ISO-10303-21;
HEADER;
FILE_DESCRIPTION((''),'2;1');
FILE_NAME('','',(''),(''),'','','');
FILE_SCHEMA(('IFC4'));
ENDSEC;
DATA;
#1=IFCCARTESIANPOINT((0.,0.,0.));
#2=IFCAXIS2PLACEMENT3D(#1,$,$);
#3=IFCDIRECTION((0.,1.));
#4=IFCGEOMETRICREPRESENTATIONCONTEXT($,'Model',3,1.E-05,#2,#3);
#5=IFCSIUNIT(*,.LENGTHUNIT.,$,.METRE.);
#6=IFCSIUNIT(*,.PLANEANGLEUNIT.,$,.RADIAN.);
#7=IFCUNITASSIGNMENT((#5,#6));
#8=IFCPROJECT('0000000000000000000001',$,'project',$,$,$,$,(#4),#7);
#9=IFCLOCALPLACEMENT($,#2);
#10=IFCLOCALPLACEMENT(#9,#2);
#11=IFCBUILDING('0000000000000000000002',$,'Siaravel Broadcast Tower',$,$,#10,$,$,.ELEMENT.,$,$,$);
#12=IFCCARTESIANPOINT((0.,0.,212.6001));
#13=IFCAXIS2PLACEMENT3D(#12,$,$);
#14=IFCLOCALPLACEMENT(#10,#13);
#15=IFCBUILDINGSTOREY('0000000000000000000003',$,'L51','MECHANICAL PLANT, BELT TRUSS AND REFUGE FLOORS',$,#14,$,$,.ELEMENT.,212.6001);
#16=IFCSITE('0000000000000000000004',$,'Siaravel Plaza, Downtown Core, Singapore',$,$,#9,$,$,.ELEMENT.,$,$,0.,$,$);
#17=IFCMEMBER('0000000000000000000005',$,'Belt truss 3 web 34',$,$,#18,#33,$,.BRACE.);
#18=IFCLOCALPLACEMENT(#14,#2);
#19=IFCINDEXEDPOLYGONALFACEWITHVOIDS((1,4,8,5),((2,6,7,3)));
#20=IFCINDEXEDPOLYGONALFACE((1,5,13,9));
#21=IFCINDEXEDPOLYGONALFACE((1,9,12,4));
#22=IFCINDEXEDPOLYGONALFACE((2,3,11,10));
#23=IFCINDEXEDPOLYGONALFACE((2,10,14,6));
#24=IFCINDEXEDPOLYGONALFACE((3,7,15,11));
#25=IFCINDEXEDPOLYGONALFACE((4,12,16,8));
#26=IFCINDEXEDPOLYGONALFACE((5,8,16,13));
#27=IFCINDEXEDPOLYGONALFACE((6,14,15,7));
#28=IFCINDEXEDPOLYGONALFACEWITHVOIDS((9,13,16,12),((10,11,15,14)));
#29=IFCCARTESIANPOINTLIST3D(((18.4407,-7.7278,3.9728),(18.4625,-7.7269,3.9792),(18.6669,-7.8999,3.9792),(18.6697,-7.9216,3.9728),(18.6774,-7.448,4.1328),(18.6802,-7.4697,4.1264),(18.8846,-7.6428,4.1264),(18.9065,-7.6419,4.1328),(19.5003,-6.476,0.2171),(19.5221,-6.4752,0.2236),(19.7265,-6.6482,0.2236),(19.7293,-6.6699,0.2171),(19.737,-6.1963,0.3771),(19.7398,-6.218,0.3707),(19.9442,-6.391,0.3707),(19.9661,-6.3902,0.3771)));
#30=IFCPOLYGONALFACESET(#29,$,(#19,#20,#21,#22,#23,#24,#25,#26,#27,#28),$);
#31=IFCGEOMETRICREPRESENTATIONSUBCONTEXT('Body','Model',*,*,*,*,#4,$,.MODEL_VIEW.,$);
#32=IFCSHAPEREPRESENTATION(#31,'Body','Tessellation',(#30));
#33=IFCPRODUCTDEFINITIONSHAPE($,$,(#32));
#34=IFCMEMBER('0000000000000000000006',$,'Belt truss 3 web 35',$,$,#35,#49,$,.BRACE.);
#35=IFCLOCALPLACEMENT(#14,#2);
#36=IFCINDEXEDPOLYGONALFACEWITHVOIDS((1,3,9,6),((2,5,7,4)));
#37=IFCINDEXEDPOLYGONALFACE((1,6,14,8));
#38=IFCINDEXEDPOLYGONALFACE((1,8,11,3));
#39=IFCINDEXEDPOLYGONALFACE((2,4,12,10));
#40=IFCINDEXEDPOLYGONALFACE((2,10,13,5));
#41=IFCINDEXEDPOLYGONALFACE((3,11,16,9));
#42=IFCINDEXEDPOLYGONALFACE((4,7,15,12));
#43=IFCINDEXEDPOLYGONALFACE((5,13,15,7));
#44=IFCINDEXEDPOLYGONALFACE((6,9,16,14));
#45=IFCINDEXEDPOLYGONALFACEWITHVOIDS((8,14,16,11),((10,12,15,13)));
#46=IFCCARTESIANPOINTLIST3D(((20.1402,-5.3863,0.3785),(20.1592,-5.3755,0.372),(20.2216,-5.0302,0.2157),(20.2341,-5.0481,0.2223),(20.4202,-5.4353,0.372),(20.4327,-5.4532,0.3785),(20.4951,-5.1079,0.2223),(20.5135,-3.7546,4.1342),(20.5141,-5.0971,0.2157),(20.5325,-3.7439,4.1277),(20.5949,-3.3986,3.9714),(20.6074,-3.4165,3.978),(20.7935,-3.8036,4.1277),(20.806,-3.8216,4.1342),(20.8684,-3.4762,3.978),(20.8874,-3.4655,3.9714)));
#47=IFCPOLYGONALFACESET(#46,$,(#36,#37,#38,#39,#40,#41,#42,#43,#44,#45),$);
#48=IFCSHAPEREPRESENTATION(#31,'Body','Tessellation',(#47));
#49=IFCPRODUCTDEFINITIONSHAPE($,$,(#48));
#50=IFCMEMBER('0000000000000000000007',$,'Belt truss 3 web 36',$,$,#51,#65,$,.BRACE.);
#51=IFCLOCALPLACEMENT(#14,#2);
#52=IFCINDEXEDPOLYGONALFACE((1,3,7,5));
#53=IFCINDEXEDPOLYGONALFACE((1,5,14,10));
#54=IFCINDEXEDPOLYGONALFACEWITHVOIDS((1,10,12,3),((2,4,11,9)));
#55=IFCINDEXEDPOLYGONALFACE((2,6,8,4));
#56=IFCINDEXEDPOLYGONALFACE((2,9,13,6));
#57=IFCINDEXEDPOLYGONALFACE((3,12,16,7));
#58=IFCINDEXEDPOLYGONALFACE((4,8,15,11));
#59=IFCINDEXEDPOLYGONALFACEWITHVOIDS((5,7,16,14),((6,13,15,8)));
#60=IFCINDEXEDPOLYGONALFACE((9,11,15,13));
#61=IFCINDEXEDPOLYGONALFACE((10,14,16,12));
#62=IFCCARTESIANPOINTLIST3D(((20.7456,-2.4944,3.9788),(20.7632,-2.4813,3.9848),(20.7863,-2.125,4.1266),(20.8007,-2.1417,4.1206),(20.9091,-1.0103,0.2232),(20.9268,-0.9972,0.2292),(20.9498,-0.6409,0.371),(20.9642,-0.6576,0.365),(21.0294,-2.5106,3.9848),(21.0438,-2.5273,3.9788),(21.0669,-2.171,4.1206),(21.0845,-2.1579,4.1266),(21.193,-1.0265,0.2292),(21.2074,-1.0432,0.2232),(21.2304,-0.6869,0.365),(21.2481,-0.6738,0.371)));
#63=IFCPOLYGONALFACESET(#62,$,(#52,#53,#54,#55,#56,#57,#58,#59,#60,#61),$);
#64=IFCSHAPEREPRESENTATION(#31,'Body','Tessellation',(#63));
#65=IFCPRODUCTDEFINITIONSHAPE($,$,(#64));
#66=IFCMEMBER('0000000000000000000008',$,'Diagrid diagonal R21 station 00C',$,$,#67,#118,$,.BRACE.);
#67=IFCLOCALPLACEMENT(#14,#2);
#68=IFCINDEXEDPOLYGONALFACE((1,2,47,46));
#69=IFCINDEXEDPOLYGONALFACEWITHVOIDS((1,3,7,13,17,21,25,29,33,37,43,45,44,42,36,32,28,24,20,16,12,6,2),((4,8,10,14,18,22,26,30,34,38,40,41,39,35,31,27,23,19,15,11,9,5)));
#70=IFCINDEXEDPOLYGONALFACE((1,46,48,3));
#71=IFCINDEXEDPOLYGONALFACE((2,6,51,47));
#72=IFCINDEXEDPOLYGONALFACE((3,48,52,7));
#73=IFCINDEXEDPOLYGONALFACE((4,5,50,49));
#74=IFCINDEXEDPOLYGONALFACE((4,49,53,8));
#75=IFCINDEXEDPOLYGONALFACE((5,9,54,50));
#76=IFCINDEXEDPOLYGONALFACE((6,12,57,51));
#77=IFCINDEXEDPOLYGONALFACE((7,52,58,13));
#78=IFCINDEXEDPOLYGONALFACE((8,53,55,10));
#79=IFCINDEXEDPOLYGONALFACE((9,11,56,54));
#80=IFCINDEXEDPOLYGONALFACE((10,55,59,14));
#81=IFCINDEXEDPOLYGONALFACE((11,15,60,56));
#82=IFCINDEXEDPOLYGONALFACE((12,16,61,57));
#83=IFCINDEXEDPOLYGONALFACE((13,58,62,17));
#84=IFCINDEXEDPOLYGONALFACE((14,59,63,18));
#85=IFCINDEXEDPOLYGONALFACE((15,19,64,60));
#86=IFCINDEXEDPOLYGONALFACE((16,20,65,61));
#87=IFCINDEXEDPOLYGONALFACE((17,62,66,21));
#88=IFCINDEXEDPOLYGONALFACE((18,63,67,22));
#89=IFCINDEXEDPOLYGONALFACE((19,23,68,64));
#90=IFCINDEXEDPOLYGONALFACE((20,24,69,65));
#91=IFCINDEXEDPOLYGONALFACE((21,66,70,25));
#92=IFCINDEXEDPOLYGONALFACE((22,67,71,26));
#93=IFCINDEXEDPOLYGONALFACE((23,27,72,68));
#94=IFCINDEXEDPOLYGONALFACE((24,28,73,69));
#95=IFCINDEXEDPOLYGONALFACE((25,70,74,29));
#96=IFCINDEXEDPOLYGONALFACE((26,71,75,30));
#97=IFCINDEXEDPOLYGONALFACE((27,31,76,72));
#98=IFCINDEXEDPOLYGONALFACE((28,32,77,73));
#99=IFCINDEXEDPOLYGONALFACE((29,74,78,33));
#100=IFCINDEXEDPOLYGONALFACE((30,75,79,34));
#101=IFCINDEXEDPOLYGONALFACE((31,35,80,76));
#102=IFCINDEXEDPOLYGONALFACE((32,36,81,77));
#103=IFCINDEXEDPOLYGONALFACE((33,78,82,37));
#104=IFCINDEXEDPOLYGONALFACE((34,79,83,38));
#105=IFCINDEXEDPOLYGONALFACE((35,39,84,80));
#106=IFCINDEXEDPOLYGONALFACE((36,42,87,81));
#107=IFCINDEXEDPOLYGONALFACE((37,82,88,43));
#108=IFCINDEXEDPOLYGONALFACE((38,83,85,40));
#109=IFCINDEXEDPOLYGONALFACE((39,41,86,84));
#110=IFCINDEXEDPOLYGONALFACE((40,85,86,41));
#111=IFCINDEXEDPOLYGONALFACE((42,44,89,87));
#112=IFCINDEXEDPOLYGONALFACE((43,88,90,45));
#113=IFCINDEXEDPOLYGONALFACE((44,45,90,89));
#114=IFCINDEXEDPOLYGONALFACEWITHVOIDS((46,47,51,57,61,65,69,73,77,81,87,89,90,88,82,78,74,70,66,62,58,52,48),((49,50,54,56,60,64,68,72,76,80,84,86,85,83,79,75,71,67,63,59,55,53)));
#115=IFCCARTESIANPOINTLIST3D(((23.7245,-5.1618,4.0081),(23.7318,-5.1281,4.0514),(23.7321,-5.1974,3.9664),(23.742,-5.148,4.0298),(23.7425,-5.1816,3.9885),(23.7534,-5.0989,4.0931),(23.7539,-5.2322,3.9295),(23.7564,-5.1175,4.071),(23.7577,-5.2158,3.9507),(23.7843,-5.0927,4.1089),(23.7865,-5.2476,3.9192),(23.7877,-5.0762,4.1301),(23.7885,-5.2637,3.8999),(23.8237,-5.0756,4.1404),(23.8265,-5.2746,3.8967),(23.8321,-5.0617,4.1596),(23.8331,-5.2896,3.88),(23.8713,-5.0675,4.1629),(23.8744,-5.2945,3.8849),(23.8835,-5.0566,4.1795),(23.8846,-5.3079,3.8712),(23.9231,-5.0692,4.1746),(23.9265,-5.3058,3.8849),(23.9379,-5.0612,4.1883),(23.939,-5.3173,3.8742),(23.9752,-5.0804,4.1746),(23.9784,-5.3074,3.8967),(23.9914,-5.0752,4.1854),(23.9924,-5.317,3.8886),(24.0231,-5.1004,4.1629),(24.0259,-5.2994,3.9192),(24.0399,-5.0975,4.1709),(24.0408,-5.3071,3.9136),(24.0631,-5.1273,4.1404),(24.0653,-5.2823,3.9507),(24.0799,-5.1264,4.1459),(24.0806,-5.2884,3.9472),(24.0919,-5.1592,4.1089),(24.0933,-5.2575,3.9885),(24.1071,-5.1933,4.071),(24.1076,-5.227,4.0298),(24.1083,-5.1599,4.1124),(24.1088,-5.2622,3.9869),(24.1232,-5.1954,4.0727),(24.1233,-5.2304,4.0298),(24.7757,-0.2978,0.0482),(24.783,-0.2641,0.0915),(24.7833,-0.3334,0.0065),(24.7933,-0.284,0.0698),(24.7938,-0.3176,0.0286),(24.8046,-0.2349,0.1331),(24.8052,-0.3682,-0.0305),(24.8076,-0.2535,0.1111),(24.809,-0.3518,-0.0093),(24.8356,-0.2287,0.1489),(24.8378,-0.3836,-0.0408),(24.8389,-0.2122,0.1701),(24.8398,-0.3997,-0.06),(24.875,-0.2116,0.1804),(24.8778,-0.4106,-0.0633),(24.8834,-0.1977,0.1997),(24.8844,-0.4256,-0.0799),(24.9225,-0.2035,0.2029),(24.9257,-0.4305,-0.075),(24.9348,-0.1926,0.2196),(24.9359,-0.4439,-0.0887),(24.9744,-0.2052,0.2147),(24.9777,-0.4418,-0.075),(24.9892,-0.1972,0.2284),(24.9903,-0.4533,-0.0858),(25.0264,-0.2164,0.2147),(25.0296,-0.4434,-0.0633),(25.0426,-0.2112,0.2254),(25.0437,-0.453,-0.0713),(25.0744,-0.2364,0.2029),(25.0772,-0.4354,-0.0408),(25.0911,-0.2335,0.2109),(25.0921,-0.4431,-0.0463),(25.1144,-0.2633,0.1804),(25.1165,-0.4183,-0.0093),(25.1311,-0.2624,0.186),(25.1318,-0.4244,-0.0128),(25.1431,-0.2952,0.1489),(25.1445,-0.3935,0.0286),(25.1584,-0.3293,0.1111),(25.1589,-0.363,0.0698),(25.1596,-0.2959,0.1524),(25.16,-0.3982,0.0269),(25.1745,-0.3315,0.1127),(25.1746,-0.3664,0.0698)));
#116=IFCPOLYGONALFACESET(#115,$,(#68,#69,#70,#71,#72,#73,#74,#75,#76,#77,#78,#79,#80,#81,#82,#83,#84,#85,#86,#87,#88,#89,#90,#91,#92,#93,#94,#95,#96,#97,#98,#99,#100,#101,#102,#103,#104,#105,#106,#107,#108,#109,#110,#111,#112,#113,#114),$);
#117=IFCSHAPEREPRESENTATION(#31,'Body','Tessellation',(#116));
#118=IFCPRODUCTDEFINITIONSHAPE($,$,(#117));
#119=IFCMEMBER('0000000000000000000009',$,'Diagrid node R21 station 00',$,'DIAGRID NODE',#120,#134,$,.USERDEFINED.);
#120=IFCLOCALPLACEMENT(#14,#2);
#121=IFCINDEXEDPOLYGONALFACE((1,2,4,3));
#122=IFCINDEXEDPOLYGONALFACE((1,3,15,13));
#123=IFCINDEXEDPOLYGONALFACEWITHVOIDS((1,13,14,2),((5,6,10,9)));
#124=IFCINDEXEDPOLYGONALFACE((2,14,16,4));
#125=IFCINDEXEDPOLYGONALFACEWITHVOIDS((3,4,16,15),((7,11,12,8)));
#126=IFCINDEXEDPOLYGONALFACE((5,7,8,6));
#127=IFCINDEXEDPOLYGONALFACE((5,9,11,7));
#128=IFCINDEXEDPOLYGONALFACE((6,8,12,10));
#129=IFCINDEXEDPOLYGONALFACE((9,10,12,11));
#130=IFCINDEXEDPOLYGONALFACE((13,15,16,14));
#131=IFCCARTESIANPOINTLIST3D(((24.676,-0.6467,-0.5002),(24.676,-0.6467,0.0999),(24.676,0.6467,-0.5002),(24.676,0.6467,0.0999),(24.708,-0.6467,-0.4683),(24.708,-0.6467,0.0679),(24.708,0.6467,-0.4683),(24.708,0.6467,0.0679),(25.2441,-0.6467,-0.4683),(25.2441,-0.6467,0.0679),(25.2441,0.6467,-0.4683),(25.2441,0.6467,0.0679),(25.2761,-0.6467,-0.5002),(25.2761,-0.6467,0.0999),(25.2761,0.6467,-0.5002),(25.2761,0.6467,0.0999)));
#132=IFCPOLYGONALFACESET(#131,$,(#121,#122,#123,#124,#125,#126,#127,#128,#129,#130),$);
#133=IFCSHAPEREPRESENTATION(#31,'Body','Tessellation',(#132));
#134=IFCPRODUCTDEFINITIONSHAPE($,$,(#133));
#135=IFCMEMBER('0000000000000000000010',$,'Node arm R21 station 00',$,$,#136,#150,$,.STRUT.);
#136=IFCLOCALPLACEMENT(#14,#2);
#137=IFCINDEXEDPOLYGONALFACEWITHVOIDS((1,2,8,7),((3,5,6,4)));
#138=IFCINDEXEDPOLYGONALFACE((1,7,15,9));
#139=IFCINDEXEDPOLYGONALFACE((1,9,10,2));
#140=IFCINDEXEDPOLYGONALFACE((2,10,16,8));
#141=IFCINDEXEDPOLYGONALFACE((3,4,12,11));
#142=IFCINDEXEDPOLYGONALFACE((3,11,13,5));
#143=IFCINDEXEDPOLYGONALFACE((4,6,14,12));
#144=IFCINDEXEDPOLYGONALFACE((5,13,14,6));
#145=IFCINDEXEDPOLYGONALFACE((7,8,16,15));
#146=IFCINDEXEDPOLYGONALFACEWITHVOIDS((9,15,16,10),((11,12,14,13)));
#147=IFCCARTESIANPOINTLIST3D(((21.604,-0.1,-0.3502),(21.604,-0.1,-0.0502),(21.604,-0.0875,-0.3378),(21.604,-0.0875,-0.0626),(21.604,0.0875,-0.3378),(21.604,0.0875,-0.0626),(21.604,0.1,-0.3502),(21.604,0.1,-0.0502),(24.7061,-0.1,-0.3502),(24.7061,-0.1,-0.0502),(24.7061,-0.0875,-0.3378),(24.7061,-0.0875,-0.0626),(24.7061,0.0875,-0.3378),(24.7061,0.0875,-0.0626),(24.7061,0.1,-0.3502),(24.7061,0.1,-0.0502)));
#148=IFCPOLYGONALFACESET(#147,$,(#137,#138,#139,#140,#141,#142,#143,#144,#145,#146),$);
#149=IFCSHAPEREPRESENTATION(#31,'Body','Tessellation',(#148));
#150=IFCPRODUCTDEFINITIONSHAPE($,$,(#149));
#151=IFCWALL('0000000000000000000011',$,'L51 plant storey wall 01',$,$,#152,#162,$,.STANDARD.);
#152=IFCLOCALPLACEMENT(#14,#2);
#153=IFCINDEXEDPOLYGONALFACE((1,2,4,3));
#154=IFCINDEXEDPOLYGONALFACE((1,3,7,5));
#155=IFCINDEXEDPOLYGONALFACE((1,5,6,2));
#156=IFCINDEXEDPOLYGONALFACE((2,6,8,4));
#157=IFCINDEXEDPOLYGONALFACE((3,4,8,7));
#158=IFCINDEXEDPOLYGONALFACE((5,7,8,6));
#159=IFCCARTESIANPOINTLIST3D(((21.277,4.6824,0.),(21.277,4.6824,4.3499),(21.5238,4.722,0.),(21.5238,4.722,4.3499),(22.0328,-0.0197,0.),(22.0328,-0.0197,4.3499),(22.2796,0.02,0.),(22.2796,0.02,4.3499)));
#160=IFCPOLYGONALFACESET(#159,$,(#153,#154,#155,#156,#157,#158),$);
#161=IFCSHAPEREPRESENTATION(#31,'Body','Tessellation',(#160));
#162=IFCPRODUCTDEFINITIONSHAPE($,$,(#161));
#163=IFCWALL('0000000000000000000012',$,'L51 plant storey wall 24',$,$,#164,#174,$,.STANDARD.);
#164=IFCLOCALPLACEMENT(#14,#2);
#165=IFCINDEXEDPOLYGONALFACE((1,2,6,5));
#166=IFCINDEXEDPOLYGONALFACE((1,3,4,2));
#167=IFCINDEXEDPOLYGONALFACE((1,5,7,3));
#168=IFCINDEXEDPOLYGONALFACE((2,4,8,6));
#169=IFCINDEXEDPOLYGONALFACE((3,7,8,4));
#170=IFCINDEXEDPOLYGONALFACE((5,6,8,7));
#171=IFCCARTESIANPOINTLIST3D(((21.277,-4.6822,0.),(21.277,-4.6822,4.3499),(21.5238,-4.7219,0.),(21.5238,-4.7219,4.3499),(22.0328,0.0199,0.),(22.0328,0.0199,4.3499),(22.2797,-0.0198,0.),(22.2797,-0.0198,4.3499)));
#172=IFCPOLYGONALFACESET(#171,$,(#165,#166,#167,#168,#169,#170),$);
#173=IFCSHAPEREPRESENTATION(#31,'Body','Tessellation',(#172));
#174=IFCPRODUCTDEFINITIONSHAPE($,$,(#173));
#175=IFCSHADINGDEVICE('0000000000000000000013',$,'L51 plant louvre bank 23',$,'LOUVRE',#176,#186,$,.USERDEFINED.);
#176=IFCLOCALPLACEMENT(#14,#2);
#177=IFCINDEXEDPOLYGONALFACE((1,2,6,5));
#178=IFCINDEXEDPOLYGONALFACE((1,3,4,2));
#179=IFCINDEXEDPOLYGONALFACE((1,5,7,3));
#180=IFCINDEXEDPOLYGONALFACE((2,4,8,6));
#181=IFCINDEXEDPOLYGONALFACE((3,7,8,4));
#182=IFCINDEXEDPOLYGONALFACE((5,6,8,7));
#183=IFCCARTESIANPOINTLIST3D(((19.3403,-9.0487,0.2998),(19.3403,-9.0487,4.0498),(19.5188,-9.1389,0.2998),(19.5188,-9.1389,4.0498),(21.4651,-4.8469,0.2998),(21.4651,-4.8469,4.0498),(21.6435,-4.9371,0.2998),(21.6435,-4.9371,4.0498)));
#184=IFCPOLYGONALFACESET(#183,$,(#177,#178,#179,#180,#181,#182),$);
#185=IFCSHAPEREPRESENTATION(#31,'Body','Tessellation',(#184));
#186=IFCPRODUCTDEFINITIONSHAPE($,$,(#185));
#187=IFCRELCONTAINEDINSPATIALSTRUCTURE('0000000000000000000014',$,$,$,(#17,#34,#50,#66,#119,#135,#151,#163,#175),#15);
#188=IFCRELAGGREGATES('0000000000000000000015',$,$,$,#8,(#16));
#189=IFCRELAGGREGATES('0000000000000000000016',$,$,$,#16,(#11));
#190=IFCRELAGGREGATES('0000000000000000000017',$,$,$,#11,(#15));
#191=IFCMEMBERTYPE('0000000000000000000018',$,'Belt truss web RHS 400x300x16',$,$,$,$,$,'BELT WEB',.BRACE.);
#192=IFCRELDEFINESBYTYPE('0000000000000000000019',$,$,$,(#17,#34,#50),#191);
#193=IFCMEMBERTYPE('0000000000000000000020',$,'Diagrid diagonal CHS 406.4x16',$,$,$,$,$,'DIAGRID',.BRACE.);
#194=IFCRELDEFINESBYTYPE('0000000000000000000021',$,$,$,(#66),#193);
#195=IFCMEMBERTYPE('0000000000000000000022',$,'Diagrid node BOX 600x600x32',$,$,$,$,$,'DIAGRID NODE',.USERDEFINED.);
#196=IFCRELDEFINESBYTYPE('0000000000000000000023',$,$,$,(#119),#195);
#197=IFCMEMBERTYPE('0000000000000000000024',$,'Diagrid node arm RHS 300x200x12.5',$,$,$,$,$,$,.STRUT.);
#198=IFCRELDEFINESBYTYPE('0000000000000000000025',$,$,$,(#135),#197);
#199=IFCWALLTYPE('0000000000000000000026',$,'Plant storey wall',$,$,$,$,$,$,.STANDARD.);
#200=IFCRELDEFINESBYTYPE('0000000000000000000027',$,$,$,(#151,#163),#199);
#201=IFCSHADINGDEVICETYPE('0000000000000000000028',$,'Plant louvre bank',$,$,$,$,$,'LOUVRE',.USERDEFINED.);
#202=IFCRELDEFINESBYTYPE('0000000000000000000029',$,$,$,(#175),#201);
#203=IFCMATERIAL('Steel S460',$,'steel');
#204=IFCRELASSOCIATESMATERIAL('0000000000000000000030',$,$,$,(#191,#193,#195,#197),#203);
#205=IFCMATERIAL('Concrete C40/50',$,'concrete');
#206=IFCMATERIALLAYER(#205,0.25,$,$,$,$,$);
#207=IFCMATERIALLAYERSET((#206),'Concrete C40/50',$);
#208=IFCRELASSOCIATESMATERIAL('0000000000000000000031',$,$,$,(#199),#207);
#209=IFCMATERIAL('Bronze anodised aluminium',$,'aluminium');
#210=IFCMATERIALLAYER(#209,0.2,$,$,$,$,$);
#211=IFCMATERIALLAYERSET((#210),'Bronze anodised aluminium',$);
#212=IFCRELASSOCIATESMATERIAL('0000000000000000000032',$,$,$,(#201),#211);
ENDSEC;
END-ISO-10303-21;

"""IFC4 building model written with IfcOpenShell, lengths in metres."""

from ifc_helpers import new_model, si_unit, direction, frame, frame_2d, origin, origin_2d, place, context, subcontext, project, spatial, rectangle, hollow_rectangle, hollow_circle, extrude, material, layer, layer_set, material_profile, profile_set, type_object, element, save


model = new_model("IFC4")

# Units and contexts
model_context = context("Model", 3, precision=1e-05, world=origin(), true_north=direction((0.0, 1.0)))
body_context = subcontext(model_context, "Body", "Model", "MODEL_VIEW")
ifc_project = project(units=[si_unit("LENGTHUNIT", "METRE"), si_unit("PLANEANGLEUNIT", "RADIAN")], contexts=[model_context])

# Site, building, storey
site_placement = place(None, origin())
site = spatial("IfcSite", under=ifc_project, at=site_placement, Name="Siaravel Plaza, Downtown Core, Singapore", CompositionType="ELEMENT", RefElevation=0.0)
building_placement = place(site_placement, origin())
building = spatial("IfcBuilding", under=site, at=building_placement, Name="Siaravel Broadcast Tower", CompositionType="ELEMENT")
storey_placement = place(building_placement, frame((0.0, 0.0, 212.6001)))
storey = spatial("IfcBuildingStorey", under=building, at=storey_placement, Name="L51", Description="MECHANICAL PLANT, BELT TRUSS AND REFUGE FLOORS", CompositionType="ELEMENT", Elevation=212.6001)

# Shared definitions
ifc_material_1 = material(Name="Steel S460", Category="steel")

# Members
ifc_material_profile_1 = material_profile(ifc_material_1, hollow_rectangle(XDim=0.3, YDim=0.3999, WallThickness=0.0161, at=origin_2d()))
ifc_profile_set_1 = profile_set([ifc_material_profile_1], Name="Steel S460")
member_type_1 = type_object("IfcMemberType", Name="Belt truss web RHS 400x300x16", ElementType="BELT WEB", PredefinedType="BRACE", material=ifc_profile_set_1)
member_1_placement = place(storey_placement, frame((19.7332, -6.4331, 0.2971), z_axis=(-0.258554, -0.305439, 0.916437), x_axis=(0.763256, -0.646096, 0.0)))
element("IfcMember", 1, at=member_1_placement, inside=storey, type_object=member_type_1, Name="Belt truss 3 web 34", PredefinedType="BRACE", context=body_context, shape_type="SweptSolid", body=[
    extrude(hollow_rectangle(XDim=0.3, YDim=0.3999, WallThickness=0.0161, at=origin_2d()), origin(), (0.0, 0.0, 1.0), 4.0981),
])
member_2_placement = place(storey_placement, frame((20.3271, -5.2417, 0.2971), z_axis=(0.090787, 0.396817, 0.913397), x_axis=(-0.974812, 0.223027, 0.0)))
element("IfcMember", 2, at=member_2_placement, inside=storey, type_object=member_type_1, Name="Belt truss 3 web 35", PredefinedType="BRACE", context=body_context, shape_type="SweptSolid", body=[
    extrude(hollow_rectangle(XDim=0.3, YDim=0.3999, WallThickness=0.0161, at=origin_2d()), origin(), (0.0, 0.0, 1.0), 4.1118),
])
member_3_placement = place(storey_placement, frame((21.0786, -0.842, 0.2971), z_axis=(-0.040473, -0.367219, 0.929253), x_axis=(0.993981, -0.109552, 0.0)))
element("IfcMember", 3, at=member_3_placement, inside=storey, type_object=member_type_1, Name="Belt truss 3 web 36", PredefinedType="BRACE", context=body_context, shape_type="SweptSolid", body=[
    extrude(hollow_rectangle(XDim=0.3, YDim=0.3999, WallThickness=0.0161, at=origin_2d()), origin(), (0.0, 0.0, 1.0), 4.0415),
])
ifc_material_profile_2 = material_profile(ifc_material_1, hollow_circle(Radius=0.2031, WallThickness=0.0161, at=origin_2d()))
ifc_profile_set_2 = profile_set([ifc_material_profile_2], Name="Steel S460")
member_type_2 = type_object("IfcMemberType", Name="Diagrid diagonal CHS 406.4x16", ElementType="DIAGRID", PredefinedType="BRACE", material=ifc_profile_set_2)
member_4_placement = place(storey_placement, frame((24.9761, -0.3235, 0.0698), z_axis=(-0.165303, -0.764825, 0.62267), x_axis=(0.977431, -0.211254, 0.0)))
element("IfcMember", 4, at=member_4_placement, inside=storey, type_object=member_type_2, Name="Diagrid diagonal R21 station 00C", PredefinedType="BRACE", context=body_context, shape_type="SweptSolid", body=[
    extrude(hollow_circle(Radius=0.2031, WallThickness=0.0161, at=origin_2d()), origin(), (0.0, 0.0, 1.0), 6.3596),
])
ifc_material_profile_3 = material_profile(ifc_material_1, hollow_rectangle(XDim=0.6001, YDim=0.6001, WallThickness=0.032, at=origin_2d()))
ifc_profile_set_3 = profile_set([ifc_material_profile_3], Name="Steel S460")
member_type_3 = type_object("IfcMemberType", Name="Diagrid node BOX 600x600x32", ElementType="DIAGRID NODE", PredefinedType="USERDEFINED", material=ifc_profile_set_3)
member_5_placement = place(storey_placement, frame((24.9761, -0.6467, -0.2002), z_axis=(0.0, 1.0, 0.0), x_axis=(-1.0, 0.0, 0.0)))
element("IfcMember", 5, at=member_5_placement, inside=storey, type_object=member_type_3, Name="Diagrid node R21 station 00", ObjectType="DIAGRID NODE", PredefinedType="USERDEFINED", context=body_context, shape_type="SweptSolid", body=[
    extrude(hollow_rectangle(XDim=0.6001, YDim=0.6001, WallThickness=0.032, at=origin_2d()), origin(), (0.0, 0.0, 1.0), 1.2935),
])
ifc_material_profile_4 = material_profile(ifc_material_1, hollow_rectangle(XDim=0.2, YDim=0.3, WallThickness=0.0125, at=origin_2d()))
ifc_profile_set_4 = profile_set([ifc_material_profile_4], Name="Steel S460")
member_type_4 = type_object("IfcMemberType", Name="Diagrid node arm RHS 300x200x12.5", PredefinedType="STRUT", material=ifc_profile_set_4)
member_6_placement = place(storey_placement, frame((21.604, 0.0, -0.2002), z_axis=(1.0, 0.0, 0.0), x_axis=(0.0, 1.0, 0.0)))
element("IfcMember", 6, at=member_6_placement, inside=storey, type_object=member_type_4, Name="Node arm R21 station 00", PredefinedType="STRUT", context=body_context, shape_type="SweptSolid", body=[
    extrude(hollow_rectangle(XDim=0.2, YDim=0.3, WallThickness=0.0125, at=origin_2d()), origin(), (0.0, 0.0, 1.0), 3.1021),
])

# Walls
ifc_material_2 = material(Name="Concrete C40/50", Category="concrete")
ifc_layer_1 = layer(ifc_material_2, 0.25)
ifc_layer_set_1 = layer_set([ifc_layer_1], Name="Concrete C40/50")
wall_type = type_object("IfcWallType", Name="Plant storey wall", PredefinedType="STANDARD", material=ifc_layer_set_1)
for number, where, z_axis, x_axis, name in (
    (7, (22.1562, 0.0, 0.0), (0.0, 0.0, 1.0), (-0.15871, 0.987325, 0.0), "L51 plant storey wall 01"),
    (8, (21.4004, -4.7021, 0.0), (0.0, 0.0, 1.0), (0.15871, 0.987325, 0.0), "L51 plant storey wall 24"),
):
    element("IfcWall", number, at=place(storey_placement, frame(where, z_axis=z_axis, x_axis=x_axis)), inside=storey, type_object=wall_type, Name=name, PredefinedType="STANDARD", context=body_context, shape_type="SweptSolid", body=[
        extrude(rectangle(XDim=4.7625, YDim=0.25, at=frame_2d((2.3813, 0.0))), origin(), (0.0, 0.0, 1.0), 4.3499),
    ])

# Shading device
ifc_material_3 = material(Name="Bronze anodised aluminium", Category="aluminium")
ifc_layer_2 = layer(ifc_material_3, 0.2)
ifc_layer_set_2 = layer_set([ifc_layer_2], Name="Bronze anodised aluminium")
shading_device_type = type_object("IfcShadingDeviceType", Name="Plant louvre bank", ElementType="LOUVRE", PredefinedType="USERDEFINED", material=ifc_layer_set_2)
shading_device_1_placement = place(storey_placement, frame((20.4919, -6.9929, 0.2998), z_axis=(0.0, 0.0, 1.0), x_axis=(0.451261, 0.892392, 0.0)))
element("IfcShadingDevice", 9, at=shading_device_1_placement, inside=storey, type_object=shading_device_type, Name="L51 plant louvre bank 23", ObjectType="LOUVRE", PredefinedType="USERDEFINED", context=body_context, shape_type="SweptSolid", body=[
    extrude(rectangle(XDim=4.7085, YDim=0.2, at=origin_2d()), origin(), (0.0, 0.0, 1.0), 3.75),
])

save(model, "model.ifc")
